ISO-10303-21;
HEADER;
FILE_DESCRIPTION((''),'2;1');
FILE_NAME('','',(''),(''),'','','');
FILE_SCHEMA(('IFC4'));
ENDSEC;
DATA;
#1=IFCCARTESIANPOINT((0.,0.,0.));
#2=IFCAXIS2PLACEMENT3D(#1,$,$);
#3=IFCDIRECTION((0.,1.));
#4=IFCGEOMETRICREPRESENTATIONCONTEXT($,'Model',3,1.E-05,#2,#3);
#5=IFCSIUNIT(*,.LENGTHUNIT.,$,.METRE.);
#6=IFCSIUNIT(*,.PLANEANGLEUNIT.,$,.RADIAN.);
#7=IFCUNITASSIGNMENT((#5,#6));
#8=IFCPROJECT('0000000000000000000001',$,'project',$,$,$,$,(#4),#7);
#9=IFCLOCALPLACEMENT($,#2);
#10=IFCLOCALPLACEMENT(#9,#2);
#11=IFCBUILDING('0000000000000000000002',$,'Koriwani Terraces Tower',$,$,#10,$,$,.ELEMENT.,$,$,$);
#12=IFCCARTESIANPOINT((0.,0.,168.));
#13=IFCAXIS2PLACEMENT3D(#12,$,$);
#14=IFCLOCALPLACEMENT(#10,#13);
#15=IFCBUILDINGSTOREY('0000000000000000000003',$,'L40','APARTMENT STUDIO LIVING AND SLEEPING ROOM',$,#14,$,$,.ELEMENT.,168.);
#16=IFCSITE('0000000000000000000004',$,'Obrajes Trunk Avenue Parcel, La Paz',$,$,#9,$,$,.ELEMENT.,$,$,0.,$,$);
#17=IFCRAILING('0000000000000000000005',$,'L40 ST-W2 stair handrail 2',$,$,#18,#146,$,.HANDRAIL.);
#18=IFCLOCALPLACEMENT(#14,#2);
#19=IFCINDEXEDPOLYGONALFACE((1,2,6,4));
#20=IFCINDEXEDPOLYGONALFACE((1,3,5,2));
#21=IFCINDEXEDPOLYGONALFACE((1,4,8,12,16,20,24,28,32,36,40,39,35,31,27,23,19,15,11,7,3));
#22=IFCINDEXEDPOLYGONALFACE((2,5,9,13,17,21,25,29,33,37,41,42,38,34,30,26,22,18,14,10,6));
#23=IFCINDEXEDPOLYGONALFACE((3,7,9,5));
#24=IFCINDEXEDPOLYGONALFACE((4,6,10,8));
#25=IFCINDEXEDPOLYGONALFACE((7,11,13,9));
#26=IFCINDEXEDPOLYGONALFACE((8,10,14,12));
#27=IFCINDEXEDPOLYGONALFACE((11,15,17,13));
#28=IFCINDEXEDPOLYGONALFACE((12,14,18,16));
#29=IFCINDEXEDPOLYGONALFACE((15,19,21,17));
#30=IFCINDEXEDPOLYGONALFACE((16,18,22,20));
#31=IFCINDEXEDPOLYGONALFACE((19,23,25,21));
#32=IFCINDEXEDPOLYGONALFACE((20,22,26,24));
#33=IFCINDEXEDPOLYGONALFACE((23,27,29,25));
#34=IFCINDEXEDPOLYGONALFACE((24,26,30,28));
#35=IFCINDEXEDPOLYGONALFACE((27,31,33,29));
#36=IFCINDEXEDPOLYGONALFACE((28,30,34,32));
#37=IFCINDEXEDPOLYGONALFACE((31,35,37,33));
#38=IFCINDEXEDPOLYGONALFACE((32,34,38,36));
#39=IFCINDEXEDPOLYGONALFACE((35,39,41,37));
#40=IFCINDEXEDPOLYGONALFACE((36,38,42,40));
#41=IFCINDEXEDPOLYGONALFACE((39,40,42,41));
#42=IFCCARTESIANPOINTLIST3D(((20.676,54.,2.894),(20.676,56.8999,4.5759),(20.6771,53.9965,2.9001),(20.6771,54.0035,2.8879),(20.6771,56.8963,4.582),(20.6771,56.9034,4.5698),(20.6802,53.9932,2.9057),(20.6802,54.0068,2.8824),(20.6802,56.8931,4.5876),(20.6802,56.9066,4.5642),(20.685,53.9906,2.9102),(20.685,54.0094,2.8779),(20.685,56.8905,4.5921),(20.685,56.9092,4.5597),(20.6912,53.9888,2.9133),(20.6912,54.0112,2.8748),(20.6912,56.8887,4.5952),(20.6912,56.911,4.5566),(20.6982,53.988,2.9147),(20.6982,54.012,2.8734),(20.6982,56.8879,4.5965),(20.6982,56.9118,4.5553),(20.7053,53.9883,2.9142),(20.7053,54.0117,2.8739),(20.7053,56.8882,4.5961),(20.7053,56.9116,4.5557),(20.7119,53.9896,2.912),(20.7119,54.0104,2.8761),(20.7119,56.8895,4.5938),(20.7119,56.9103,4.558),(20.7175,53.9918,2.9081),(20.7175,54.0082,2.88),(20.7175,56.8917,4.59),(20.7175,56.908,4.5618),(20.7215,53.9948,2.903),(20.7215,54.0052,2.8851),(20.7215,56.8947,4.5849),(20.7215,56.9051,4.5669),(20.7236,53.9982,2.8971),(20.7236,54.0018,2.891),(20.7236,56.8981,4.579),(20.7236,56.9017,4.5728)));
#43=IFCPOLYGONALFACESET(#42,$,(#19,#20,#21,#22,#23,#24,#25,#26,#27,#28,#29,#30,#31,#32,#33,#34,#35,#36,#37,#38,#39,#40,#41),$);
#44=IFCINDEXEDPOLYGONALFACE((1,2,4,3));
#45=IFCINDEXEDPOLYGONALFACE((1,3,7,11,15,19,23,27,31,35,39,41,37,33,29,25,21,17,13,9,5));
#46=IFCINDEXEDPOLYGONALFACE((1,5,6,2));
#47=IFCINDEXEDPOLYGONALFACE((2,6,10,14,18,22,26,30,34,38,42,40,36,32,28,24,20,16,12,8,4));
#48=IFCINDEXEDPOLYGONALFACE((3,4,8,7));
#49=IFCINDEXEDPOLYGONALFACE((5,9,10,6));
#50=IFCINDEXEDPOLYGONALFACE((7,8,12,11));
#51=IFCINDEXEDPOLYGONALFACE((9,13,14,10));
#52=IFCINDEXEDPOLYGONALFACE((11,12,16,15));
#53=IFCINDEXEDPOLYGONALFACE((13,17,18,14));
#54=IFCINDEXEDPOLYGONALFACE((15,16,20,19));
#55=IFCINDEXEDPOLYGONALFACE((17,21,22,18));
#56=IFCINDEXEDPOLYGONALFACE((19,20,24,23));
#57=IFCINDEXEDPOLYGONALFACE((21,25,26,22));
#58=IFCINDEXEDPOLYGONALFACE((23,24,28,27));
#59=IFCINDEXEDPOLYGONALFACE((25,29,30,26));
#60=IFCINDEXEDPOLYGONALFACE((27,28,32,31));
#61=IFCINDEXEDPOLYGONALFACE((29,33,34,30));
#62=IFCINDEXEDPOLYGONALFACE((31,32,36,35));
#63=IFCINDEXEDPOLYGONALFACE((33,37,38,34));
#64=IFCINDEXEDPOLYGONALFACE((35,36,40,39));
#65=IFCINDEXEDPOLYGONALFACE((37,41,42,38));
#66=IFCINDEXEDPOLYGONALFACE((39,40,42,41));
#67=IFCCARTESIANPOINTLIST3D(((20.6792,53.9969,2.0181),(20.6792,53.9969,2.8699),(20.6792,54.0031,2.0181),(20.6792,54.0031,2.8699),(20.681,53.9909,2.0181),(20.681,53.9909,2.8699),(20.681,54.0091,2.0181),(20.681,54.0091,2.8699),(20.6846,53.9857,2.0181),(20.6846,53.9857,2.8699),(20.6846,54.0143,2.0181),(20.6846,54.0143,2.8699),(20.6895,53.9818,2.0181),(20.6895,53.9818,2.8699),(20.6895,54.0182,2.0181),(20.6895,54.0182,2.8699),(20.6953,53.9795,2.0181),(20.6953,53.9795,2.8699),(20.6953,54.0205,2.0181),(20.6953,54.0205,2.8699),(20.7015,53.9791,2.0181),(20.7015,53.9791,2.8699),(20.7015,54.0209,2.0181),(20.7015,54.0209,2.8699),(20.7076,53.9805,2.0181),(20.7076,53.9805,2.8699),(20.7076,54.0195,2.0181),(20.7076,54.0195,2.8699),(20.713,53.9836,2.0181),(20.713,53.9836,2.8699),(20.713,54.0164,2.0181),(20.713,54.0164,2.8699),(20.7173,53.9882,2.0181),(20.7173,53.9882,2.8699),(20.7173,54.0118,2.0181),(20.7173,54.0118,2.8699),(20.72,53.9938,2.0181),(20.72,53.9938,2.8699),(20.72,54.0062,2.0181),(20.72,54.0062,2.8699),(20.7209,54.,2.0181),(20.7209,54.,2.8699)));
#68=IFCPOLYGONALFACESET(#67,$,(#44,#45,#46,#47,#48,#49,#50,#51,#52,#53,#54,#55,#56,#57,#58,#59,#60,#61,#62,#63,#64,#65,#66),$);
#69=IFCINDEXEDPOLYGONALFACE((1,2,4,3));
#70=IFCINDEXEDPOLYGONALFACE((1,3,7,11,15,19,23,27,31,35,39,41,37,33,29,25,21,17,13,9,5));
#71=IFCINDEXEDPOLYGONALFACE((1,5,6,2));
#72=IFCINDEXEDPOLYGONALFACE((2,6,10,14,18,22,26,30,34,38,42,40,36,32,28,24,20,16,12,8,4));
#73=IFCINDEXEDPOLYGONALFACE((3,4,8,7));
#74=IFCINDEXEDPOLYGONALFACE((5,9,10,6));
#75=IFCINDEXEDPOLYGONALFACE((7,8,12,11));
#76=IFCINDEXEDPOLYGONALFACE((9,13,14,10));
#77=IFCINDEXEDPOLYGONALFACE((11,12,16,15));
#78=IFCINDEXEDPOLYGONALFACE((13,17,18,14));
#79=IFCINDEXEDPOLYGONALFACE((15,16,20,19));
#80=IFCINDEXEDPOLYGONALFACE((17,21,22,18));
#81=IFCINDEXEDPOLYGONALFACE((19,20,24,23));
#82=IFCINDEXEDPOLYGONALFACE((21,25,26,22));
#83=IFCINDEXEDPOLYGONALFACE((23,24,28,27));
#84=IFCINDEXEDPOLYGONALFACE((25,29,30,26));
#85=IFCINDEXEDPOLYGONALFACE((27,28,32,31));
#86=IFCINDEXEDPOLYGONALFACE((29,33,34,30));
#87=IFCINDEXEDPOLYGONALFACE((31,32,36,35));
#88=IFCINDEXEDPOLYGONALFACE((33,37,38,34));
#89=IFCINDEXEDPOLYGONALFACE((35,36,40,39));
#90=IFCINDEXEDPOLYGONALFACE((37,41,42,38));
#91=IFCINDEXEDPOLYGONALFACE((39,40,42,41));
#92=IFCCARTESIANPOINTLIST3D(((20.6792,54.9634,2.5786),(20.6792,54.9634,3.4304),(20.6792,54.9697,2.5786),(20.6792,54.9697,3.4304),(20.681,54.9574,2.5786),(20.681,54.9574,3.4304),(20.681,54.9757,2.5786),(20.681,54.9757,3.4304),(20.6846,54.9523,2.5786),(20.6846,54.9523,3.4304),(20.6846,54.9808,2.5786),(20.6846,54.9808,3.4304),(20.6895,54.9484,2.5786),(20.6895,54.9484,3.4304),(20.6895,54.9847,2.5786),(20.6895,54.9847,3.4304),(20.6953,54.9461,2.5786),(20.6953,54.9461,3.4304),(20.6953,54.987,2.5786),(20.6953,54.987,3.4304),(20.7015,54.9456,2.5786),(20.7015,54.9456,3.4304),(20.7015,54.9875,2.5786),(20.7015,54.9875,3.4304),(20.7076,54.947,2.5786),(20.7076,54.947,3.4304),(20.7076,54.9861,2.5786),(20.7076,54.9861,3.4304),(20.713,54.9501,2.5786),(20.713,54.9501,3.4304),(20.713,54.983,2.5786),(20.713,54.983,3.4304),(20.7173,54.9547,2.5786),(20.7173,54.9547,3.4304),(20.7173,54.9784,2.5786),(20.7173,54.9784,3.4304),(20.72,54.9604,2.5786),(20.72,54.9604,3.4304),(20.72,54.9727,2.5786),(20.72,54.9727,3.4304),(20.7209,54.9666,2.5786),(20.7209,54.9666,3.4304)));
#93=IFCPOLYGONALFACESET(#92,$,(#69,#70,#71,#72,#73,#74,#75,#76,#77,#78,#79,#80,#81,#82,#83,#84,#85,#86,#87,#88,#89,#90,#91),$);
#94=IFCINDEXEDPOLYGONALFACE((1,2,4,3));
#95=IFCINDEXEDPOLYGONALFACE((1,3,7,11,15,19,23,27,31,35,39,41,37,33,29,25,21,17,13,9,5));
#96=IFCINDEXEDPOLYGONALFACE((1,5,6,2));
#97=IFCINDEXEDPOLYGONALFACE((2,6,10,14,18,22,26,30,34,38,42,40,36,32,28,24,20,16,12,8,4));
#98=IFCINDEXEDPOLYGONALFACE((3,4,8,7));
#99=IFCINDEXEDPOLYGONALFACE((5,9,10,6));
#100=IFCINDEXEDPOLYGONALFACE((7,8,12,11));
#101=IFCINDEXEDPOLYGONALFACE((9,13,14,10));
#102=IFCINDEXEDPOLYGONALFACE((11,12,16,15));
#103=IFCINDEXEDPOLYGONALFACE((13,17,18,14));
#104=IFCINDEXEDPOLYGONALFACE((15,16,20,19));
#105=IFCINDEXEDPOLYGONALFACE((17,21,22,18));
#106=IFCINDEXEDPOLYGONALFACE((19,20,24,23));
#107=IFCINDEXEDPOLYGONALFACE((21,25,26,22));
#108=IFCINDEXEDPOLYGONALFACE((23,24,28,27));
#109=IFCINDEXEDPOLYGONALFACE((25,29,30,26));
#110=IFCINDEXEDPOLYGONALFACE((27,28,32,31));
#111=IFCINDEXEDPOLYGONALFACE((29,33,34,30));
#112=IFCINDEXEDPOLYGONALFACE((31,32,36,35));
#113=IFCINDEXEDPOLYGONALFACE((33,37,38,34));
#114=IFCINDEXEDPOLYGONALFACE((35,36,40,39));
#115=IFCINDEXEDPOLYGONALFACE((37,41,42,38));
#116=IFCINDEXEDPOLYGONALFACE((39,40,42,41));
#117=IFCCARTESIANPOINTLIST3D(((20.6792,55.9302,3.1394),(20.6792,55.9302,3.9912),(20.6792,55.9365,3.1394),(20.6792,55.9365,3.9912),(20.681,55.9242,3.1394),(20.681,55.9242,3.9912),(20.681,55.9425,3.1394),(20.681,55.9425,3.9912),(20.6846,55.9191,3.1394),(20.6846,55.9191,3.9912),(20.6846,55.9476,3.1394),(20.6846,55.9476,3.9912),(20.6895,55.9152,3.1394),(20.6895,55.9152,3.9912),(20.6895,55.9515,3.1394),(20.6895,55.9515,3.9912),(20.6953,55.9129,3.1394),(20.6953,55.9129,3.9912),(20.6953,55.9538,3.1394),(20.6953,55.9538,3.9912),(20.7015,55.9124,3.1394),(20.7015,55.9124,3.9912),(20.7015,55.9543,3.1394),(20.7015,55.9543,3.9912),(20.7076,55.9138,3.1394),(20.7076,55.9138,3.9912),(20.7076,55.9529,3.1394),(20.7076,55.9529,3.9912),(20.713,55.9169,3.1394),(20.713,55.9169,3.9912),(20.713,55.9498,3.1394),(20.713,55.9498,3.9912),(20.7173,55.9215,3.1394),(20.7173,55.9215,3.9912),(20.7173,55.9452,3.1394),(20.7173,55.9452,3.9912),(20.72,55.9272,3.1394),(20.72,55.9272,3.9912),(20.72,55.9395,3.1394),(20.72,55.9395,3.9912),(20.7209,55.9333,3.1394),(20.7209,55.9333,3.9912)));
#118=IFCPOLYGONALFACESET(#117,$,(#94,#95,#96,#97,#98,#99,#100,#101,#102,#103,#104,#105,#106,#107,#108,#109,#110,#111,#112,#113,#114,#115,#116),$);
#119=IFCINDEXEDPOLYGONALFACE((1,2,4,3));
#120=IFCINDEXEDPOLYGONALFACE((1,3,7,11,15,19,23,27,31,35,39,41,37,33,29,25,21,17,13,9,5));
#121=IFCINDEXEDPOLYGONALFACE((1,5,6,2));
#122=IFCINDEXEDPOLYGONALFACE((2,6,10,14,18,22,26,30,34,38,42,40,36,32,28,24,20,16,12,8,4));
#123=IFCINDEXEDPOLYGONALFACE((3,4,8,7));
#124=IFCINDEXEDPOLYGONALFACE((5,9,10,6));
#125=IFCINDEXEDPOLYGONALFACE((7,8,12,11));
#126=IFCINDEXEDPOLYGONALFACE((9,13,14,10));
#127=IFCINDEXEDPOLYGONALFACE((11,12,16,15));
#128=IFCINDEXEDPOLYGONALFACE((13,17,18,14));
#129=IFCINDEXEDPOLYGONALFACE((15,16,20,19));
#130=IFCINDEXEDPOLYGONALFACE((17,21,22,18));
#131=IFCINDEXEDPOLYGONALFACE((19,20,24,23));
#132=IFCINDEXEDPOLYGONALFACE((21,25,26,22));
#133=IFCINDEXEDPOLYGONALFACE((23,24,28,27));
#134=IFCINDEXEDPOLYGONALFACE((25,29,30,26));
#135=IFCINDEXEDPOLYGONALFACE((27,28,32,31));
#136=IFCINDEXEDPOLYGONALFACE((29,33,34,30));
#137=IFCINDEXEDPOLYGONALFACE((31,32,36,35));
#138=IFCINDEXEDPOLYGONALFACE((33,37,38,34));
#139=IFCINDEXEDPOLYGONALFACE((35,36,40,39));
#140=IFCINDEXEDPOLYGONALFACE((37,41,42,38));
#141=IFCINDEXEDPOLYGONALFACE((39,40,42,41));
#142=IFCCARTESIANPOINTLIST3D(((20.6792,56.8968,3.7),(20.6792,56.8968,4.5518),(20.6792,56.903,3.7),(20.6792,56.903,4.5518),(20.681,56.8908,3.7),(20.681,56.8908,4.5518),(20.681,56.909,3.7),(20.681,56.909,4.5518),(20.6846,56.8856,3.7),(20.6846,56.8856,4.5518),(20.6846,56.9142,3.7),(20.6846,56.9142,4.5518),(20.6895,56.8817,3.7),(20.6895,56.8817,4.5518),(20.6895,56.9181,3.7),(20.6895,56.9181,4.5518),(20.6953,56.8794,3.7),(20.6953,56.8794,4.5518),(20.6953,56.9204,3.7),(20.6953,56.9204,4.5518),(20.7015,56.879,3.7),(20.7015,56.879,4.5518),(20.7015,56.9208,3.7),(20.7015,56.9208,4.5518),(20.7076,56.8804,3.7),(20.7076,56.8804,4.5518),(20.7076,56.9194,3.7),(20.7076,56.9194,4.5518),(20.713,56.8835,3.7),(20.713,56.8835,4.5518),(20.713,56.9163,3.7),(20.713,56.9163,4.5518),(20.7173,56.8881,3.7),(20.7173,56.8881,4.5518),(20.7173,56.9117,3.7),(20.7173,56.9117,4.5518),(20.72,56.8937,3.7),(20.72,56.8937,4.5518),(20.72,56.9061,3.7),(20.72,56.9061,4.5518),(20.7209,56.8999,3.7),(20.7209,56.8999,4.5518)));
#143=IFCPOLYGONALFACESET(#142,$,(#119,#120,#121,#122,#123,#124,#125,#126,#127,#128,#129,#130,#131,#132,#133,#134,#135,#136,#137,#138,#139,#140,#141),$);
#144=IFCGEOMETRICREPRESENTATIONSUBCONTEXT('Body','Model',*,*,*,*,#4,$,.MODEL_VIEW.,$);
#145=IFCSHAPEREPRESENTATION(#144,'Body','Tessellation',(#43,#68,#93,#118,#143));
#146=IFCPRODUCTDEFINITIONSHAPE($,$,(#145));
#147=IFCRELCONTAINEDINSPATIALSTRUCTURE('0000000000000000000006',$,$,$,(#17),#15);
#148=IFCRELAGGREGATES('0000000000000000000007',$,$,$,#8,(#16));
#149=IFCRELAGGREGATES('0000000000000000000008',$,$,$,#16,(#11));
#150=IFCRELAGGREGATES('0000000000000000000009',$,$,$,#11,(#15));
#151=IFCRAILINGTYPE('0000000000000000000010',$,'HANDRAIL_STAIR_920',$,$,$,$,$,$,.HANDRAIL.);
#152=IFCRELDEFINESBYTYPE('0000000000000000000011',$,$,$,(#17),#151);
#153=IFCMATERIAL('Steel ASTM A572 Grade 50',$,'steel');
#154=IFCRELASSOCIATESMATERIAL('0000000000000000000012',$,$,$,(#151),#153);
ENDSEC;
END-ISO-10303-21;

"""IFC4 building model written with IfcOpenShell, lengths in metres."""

from ifc_helpers import new_model, si_unit, direction, frame, origin, origin_2d, place, context, subcontext, project, spatial, circle, extrude, material, type_object, element, save


model = new_model("IFC4")

# Units and contexts
model_context = context("Model", 3, precision=1e-05, world=origin(), true_north=direction((0.0, 1.0)))
body_context = subcontext(model_context, "Body", "Model", "MODEL_VIEW")
ifc_project = project(units=[si_unit("LENGTHUNIT", "METRE"), si_unit("PLANEANGLEUNIT", "RADIAN")], contexts=[model_context])

# Site, building, storey
site_placement = place(None, origin())
site = spatial("IfcSite", under=ifc_project, at=site_placement, Name="Obrajes Trunk Avenue Parcel, La Paz", CompositionType="ELEMENT", RefElevation=0.0)
building_placement = place(site_placement, origin())
building = spatial("IfcBuilding", under=site, at=building_placement, Name="Koriwani Terraces Tower", CompositionType="ELEMENT")
storey_placement = place(building_placement, frame((0.0, 0.0, 168.0)))
storey = spatial("IfcBuildingStorey", under=building, at=storey_placement, Name="L40", Description="APARTMENT STUDIO LIVING AND SLEEPING ROOM", CompositionType="ELEMENT", Elevation=168.0)

# Shared definitions
ifc_material_1 = material(Name="Steel ASTM A572 Grade 50", Category="steel")

# Railing
railing_type_1 = type_object("IfcRailingType", Name="HANDRAIL_STAIR_920", PredefinedType="HANDRAIL", material=ifc_material_1)
railing_1_placement = place(storey_placement, frame((20.7, 54.0, 2.0181)))
element("IfcRailing", 1, at=railing_1_placement, inside=storey, type_object=railing_type_1, Name="L40 ST-W2 stair handrail 2", PredefinedType="HANDRAIL", context=body_context, shape_type="SweptSolid", body=[
    extrude(circle(Radius=0.0239, at=origin_2d()), frame((0.0, 0.0, 0.876), z_axis=(0.0, 0.865039, 0.501705), x_axis=(-1.0, 0.0, 0.0)), (0.0, 0.0, 1.0), 3.3523),
    extrude(circle(Radius=0.021, at=origin_2d()), origin(), (0.0, 0.0, 1.0), 0.8518),
    extrude(circle(Radius=0.021, at=origin_2d()), frame((0.0, 0.9666, 0.5605)), (0.0, 0.0, 1.0), 0.8518),
    extrude(circle(Radius=0.021, at=origin_2d()), frame((0.0, 1.9333, 1.1213)), (0.0, 0.0, 1.0), 0.8518),
    extrude(circle(Radius=0.021, at=origin_2d()), frame((0.0, 2.8999, 1.6819)), (0.0, 0.0, 1.0), 0.8518),
])

save(model, "model.ifc")
